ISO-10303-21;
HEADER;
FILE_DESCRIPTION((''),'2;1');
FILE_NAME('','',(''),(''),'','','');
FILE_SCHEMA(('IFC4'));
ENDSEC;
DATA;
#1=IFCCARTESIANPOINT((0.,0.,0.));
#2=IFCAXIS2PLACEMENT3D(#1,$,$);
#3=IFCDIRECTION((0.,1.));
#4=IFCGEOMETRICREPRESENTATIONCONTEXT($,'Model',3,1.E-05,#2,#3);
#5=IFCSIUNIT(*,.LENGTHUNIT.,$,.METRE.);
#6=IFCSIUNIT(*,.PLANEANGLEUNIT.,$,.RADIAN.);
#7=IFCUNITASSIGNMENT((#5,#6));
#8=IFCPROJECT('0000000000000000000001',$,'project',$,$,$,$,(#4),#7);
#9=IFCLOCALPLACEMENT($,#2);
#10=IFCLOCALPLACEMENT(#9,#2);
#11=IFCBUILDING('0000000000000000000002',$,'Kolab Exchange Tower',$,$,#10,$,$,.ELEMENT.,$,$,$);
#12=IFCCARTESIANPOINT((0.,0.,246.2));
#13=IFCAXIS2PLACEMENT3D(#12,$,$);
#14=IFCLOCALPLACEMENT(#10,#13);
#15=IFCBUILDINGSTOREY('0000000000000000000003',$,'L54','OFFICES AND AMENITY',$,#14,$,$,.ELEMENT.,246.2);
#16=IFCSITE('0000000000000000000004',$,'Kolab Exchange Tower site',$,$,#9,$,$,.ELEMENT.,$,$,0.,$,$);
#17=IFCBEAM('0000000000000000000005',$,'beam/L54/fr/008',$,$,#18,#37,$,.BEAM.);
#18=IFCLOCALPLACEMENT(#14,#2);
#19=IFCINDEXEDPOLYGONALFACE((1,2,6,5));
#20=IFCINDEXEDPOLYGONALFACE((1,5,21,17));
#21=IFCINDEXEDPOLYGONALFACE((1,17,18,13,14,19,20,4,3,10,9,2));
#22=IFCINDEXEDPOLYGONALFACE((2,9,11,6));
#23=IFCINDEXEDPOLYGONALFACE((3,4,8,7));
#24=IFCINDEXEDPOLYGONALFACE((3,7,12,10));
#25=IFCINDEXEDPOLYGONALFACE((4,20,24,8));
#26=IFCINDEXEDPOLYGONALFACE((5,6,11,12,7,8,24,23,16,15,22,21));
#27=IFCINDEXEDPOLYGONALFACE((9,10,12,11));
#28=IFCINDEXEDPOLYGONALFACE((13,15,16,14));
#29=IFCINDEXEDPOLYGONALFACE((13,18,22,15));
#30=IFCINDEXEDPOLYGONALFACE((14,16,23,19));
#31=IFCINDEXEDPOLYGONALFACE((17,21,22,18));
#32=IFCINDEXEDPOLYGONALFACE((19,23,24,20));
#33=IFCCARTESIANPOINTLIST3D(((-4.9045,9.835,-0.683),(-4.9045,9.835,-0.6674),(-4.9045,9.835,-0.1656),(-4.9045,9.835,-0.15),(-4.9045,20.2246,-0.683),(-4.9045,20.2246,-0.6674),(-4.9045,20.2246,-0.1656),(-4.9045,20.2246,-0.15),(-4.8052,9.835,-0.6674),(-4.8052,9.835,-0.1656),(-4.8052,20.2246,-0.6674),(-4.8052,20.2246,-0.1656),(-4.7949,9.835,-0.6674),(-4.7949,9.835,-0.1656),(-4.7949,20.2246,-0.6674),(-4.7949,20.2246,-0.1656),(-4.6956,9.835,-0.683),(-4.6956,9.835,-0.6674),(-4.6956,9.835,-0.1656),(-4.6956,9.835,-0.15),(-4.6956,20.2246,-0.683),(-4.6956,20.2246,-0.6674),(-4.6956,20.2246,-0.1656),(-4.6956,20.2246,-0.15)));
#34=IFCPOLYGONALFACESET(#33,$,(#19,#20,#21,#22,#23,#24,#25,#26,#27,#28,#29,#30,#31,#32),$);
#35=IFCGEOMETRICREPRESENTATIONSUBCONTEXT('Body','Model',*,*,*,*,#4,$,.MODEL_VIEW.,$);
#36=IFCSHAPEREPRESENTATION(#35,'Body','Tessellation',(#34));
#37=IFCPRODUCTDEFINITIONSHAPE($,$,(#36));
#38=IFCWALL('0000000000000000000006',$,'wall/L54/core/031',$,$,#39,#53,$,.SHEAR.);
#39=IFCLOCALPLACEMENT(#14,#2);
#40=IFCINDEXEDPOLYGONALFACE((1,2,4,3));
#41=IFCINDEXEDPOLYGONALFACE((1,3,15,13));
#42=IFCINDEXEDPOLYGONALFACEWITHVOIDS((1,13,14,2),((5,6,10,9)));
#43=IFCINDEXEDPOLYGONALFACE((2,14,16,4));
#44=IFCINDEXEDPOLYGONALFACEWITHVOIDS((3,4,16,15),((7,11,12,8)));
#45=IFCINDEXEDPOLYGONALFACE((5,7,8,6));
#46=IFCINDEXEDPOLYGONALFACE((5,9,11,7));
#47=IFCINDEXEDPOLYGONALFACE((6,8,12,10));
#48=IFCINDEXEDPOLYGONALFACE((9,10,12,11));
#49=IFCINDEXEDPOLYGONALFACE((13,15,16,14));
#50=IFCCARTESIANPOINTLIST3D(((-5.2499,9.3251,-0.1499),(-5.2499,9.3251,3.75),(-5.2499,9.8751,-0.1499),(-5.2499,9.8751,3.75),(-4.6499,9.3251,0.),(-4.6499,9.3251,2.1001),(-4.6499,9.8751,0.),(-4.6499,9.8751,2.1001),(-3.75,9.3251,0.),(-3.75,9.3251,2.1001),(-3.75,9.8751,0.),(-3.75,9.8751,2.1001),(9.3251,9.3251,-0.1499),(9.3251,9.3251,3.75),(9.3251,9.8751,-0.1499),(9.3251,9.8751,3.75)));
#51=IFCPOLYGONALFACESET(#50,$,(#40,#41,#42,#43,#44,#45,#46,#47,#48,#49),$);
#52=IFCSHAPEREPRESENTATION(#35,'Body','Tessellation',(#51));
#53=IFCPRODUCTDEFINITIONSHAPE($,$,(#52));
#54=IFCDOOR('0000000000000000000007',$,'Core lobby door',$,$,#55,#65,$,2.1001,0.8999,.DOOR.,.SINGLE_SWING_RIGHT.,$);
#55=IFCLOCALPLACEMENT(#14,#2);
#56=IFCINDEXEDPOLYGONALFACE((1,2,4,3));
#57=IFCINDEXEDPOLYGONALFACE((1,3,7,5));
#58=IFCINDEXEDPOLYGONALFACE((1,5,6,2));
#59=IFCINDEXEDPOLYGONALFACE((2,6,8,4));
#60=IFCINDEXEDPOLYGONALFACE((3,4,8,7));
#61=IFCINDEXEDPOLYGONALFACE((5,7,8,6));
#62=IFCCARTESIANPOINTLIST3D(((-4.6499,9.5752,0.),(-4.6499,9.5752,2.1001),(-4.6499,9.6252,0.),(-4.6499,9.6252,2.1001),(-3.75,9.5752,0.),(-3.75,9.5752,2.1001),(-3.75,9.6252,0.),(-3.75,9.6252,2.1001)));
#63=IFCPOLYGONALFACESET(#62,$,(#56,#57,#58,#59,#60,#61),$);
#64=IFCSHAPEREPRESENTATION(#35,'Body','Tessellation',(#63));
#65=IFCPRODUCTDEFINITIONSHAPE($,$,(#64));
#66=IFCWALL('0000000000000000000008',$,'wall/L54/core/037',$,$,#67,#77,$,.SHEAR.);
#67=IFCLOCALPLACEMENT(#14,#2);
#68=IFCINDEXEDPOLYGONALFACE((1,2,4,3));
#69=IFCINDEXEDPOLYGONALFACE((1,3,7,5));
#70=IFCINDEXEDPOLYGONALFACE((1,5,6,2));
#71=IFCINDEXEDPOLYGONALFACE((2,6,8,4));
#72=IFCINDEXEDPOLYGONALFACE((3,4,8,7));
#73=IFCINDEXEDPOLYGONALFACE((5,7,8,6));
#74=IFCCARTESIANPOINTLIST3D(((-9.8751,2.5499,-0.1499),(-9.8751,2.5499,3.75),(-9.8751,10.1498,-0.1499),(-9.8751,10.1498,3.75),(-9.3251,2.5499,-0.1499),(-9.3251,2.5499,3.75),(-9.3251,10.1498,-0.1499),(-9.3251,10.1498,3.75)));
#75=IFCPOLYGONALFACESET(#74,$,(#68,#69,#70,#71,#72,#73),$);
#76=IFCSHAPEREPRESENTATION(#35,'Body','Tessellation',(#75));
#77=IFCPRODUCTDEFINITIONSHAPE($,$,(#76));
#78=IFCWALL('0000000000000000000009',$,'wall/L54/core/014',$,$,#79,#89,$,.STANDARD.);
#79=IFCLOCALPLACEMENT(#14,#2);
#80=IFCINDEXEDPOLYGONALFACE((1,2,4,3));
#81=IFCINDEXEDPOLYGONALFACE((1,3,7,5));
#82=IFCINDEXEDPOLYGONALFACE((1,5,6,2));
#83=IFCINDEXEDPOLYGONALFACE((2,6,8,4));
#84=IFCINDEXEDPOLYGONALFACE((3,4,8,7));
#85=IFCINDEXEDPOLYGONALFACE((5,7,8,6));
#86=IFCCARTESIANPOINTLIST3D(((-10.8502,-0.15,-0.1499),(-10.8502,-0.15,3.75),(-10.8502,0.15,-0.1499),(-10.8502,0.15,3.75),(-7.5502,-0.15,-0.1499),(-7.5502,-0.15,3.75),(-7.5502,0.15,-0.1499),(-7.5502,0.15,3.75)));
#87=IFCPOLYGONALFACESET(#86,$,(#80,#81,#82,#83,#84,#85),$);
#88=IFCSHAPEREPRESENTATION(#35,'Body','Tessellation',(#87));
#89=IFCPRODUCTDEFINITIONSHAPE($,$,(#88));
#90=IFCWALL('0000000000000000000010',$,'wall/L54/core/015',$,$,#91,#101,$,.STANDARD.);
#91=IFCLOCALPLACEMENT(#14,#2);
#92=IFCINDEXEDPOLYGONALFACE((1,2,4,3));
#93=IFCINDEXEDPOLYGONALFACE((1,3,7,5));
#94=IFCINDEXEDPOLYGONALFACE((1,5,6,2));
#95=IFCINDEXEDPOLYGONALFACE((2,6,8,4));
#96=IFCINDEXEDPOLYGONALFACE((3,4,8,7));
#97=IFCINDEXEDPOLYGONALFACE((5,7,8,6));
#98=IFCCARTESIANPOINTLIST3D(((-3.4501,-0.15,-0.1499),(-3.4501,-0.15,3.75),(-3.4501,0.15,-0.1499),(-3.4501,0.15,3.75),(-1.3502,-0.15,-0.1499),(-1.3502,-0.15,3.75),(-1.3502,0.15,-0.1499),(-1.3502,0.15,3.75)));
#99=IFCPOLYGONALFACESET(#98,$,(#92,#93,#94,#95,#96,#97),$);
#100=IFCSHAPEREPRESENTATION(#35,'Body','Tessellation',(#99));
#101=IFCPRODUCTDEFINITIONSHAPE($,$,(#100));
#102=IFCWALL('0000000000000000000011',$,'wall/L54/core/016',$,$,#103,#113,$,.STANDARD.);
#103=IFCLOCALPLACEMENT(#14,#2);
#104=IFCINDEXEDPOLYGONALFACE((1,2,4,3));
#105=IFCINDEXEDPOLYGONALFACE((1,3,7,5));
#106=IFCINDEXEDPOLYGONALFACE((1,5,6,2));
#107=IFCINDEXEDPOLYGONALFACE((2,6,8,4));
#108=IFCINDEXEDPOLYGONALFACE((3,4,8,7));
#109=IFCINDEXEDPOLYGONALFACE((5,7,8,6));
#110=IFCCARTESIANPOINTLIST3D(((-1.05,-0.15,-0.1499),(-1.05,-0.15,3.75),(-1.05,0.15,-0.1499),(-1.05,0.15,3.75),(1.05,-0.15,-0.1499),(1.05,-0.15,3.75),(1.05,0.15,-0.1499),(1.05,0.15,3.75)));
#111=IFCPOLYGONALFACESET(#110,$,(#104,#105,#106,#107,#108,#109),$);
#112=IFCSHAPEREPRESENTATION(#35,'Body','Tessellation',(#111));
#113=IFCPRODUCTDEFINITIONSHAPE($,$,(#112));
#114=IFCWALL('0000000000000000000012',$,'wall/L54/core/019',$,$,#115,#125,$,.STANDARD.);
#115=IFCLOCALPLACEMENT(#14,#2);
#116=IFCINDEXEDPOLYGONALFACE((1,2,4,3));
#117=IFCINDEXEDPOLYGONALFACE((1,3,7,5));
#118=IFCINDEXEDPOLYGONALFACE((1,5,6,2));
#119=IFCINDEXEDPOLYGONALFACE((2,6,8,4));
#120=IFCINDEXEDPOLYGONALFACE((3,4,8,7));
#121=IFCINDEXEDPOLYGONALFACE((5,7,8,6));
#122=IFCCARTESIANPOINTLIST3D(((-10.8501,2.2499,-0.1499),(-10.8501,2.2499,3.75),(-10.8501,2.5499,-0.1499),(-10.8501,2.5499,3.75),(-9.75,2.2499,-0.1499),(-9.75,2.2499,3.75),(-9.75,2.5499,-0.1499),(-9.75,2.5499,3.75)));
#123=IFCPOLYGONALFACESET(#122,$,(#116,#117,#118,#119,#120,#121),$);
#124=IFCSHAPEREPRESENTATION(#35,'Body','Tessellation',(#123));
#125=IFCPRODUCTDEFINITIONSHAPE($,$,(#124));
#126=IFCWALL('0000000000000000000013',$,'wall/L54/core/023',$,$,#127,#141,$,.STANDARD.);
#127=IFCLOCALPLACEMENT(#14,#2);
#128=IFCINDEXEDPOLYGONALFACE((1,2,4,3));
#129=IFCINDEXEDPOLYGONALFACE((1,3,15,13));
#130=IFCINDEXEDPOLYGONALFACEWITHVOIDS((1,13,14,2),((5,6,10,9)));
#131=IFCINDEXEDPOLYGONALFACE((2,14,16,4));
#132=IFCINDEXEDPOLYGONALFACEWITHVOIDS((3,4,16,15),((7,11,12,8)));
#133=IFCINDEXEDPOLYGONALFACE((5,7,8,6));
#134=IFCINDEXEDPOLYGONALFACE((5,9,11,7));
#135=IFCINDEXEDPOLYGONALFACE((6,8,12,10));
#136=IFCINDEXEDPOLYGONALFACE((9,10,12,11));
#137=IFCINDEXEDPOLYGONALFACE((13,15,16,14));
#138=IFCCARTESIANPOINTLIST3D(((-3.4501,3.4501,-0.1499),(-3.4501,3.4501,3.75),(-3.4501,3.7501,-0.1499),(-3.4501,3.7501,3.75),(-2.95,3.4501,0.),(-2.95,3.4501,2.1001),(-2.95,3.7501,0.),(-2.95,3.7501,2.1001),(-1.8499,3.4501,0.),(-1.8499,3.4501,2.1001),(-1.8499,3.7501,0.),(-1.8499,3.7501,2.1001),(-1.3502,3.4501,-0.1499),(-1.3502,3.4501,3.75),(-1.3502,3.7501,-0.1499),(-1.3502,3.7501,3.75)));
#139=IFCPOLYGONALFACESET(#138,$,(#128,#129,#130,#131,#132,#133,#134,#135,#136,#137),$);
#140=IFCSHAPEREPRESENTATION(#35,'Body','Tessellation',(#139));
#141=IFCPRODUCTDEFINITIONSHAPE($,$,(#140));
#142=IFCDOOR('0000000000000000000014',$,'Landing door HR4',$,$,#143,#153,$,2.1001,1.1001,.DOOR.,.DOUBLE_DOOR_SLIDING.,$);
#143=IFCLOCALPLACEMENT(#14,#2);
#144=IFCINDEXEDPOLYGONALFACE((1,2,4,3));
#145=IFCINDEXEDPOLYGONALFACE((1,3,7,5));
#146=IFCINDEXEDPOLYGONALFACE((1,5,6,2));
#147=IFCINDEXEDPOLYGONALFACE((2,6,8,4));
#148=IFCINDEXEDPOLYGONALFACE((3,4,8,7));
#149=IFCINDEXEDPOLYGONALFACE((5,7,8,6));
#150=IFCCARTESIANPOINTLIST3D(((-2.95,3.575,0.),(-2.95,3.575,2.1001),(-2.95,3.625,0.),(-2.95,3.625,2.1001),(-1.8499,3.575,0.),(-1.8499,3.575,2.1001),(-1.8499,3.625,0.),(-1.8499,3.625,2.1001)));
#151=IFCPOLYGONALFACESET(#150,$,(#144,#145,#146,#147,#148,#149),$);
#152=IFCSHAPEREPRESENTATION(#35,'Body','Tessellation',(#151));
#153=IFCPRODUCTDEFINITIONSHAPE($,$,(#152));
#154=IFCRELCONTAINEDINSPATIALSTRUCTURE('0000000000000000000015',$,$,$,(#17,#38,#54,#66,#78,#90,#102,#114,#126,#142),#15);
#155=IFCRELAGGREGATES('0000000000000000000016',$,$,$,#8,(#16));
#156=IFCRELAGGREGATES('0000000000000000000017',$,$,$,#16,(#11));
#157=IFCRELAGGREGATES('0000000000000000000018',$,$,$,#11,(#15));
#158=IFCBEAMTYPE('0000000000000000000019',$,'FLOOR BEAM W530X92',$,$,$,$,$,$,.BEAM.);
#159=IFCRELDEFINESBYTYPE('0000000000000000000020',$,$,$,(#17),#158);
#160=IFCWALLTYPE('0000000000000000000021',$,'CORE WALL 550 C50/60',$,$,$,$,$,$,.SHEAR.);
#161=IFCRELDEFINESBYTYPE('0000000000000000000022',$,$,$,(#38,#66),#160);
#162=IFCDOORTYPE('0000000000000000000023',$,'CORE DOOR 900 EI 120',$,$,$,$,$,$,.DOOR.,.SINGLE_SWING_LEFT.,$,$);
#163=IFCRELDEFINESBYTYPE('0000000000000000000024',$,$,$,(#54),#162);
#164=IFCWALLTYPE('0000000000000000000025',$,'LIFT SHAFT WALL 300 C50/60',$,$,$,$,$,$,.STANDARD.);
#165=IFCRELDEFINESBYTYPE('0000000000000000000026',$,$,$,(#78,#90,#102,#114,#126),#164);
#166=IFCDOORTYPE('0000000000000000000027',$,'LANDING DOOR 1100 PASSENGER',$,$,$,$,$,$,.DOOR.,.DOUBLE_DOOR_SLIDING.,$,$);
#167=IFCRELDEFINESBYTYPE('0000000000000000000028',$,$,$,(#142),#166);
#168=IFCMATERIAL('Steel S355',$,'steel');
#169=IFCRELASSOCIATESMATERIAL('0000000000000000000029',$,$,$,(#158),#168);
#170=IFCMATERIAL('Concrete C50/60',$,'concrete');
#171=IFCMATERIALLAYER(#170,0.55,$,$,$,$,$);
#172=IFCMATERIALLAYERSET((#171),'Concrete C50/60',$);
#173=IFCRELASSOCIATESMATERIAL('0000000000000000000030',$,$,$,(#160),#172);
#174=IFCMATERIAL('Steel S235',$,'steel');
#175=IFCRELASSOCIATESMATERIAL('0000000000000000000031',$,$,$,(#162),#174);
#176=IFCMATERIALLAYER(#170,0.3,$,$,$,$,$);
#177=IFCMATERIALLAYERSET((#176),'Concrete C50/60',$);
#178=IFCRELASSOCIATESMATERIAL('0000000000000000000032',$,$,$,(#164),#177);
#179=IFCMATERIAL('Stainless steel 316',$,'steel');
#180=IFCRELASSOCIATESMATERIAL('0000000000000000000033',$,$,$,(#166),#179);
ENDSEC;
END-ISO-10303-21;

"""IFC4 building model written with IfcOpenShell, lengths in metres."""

from ifc_helpers import new_model, si_unit, direction, frame, frame_2d, origin, origin_2d, place, context, subcontext, project, spatial, rectangle, i_section, extrude, material, layer, layer_set, material_profile, profile_set, type_object, element, fill, save


model = new_model("IFC4")

# Units and contexts
model_context = context("Model", 3, precision=1e-05, world=origin(), true_north=direction((0.0, 1.0)))
body_context = subcontext(model_context, "Body", "Model", "MODEL_VIEW")
ifc_project = project(units=[si_unit("LENGTHUNIT", "METRE"), si_unit("PLANEANGLEUNIT", "RADIAN")], contexts=[model_context])

# Site, building, storey
site_placement = place(None, origin())
site = spatial("IfcSite", under=ifc_project, at=site_placement, Name="Kolab Exchange Tower site", CompositionType="ELEMENT", RefElevation=0.0)
building_placement = place(site_placement, origin())
building = spatial("IfcBuilding", under=site, at=building_placement, Name="Kolab Exchange Tower", CompositionType="ELEMENT")
storey_placement = place(building_placement, frame((0.0, 0.0, 246.2)))
storey = spatial("IfcBuildingStorey", under=building, at=storey_placement, Name="L54", Description="OFFICES AND AMENITY", CompositionType="ELEMENT", Elevation=246.2)

# Beam
ifc_material_1 = material(Name="Steel S355", Category="steel")
ifc_material_profile = material_profile(ifc_material_1, i_section(OverallWidth=0.209, OverallDepth=0.533, WebThickness=0.0103, FlangeThickness=0.0156, at=origin_2d()), Name="W530X92")
ifc_profile_set = profile_set([ifc_material_profile], Name="Steel S355")
beam_type = type_object("IfcBeamType", Name="FLOOR BEAM W530X92", PredefinedType="BEAM", material=ifc_profile_set)
beam_placement = place(storey_placement, frame((-4.8, 9.835, -0.4165), z_axis=(0.0, 1.0, 0.0), x_axis=(-1.0, 0.0, 0.0)))
element("IfcBeam", 1, at=beam_placement, inside=storey, type_object=beam_type, Name="beam/L54/fr/008", PredefinedType="BEAM", context=body_context, shape_type="SweptSolid", body=[
    extrude(i_section(OverallWidth=0.209, OverallDepth=0.533, WebThickness=0.0103, FlangeThickness=0.0156, at=origin_2d()), origin(), (0.0, 0.0, 1.0), 10.3896),
])

# Wall, opening, door
ifc_material_2 = material(Name="Concrete C50/60", Category="concrete")
ifc_layer_1 = layer(ifc_material_2, 0.55)
ifc_layer_set_1 = layer_set([ifc_layer_1], Name="Concrete C50/60")
wall_type_1 = type_object("IfcWallType", Name="CORE WALL 550 C50/60", PredefinedType="SHEAR", material=ifc_layer_set_1)
wall_1_placement = place(storey_placement, frame((-5.25, 9.6001, -0.1499), z_axis=(0.0, 0.0, 1.0), x_axis=(1.0, 0.0, 0.0)))
wall_1 = element("IfcWall", 2, at=wall_1_placement, inside=storey, type_object=wall_type_1, Name="wall/L54/core/031", PredefinedType="SHEAR", context=body_context, shape_type="SweptSolid", body=[
    extrude(rectangle(XDim=14.575, YDim=0.55, at=frame_2d((7.2876, 0.0))), origin(), (0.0, 0.0, 1.0), 3.8999),
])
opening_1_placement = place(wall_1_placement, frame((0.6001, 0.0, 0.1499)))
opening_1 = element("IfcOpeningElement", 3, at=opening_1_placement, cuts=wall_1, PredefinedType="OPENING", context=body_context, shape_type="SweptSolid", body=[
    extrude(rectangle(XDim=0.8999, YDim=2.1001, at=frame_2d((0.45, 1.05))), frame((0.0, 0.2852, 0.0), z_axis=(0.0, -1.0, 0.0), x_axis=(1.0, 0.0, 0.0)), (0.0, 0.0, 1.0), 0.5701),
])
ifc_material_3 = material(Name="Steel S235", Category="steel")
door_type_1 = type_object("IfcDoorType", Name="CORE DOOR 900 EI 120", OperationType="SINGLE_SWING_LEFT", PredefinedType="DOOR", material=ifc_material_3)
door_1_placement = place(opening_1_placement, frame((0.8999, 0.0, 0.0), z_axis=(0.0, 0.0, 1.0), x_axis=(-1.0, 0.0, 0.0)))
door_1 = element("IfcDoor", 4, at=door_1_placement, inside=storey, type_object=door_type_1, Name="Core lobby door", OperationType="SINGLE_SWING_RIGHT", OverallHeight=2.1001, OverallWidth=0.8999, PredefinedType="DOOR", context=body_context, shape_type="SweptSolid", body=[
    extrude(rectangle(XDim=0.8999, YDim=2.1001, at=frame_2d((0.45, 1.05))), frame((0.0, 0.0249, 0.0), z_axis=(0.0, -1.0, 0.0), x_axis=(1.0, 0.0, 0.0)), (0.0, 0.0, 1.0), 0.05),
])
fill(opening_1, door_1)

# Walls
wall_2_placement = place(storey_placement, frame((-9.6001, 2.55, -0.1499), z_axis=(0.0, 0.0, 1.0), x_axis=(0.0, 1.0, 0.0)))
element("IfcWall", 5, at=wall_2_placement, inside=storey, type_object=wall_type_1, Name="wall/L54/core/037", PredefinedType="SHEAR", context=body_context, shape_type="SweptSolid", body=[
    extrude(rectangle(XDim=7.5999, YDim=0.55, at=frame_2d((3.7998, 0.0))), origin(), (0.0, 0.0, 1.0), 3.8999),
])
ifc_layer_2 = layer(ifc_material_2, 0.3)
ifc_layer_set_2 = layer_set([ifc_layer_2], Name="Concrete C50/60")
wall_type_2 = type_object("IfcWallType", Name="LIFT SHAFT WALL 300 C50/60", PredefinedType="STANDARD", material=ifc_layer_set_2)
wall_3_placement = place(storey_placement, frame((-10.8501, 0.0, -0.1499), z_axis=(0.0, 0.0, 1.0), x_axis=(1.0, 0.0, 0.0)))
element("IfcWall", 6, at=wall_3_placement, inside=storey, type_object=wall_type_2, Name="wall/L54/core/014", PredefinedType="STANDARD", context=body_context, shape_type="SweptSolid", body=[
    extrude(rectangle(XDim=3.3, YDim=0.3, at=frame_2d((1.6499, 0.0))), origin(), (0.0, 0.0, 1.0), 3.8999),
])
wall_4_placement = place(storey_placement, frame((-3.45, 0.0, -0.1499), z_axis=(0.0, 0.0, 1.0), x_axis=(1.0, 0.0, 0.0)))
element("IfcWall", 7, at=wall_4_placement, inside=storey, type_object=wall_type_2, Name="wall/L54/core/015", PredefinedType="STANDARD", context=body_context, shape_type="SweptSolid", body=[
    extrude(rectangle(XDim=2.0999, YDim=0.3, at=frame_2d((1.0498, 0.0))), origin(), (0.0, 0.0, 1.0), 3.8999),
])
wall_5_placement = place(storey_placement, frame((-1.05, 0.0, -0.1499), z_axis=(0.0, 0.0, 1.0), x_axis=(1.0, 0.0, 0.0)))
element("IfcWall", 8, at=wall_5_placement, inside=storey, type_object=wall_type_2, Name="wall/L54/core/016", PredefinedType="STANDARD", context=body_context, shape_type="SweptSolid", body=[
    extrude(rectangle(XDim=2.1001, YDim=0.3, at=frame_2d((1.05, 0.0))), origin(), (0.0, 0.0, 1.0), 3.8999),
])
wall_6_placement = place(storey_placement, frame((-10.8501, 2.3999, -0.1499), z_axis=(0.0, 0.0, 1.0), x_axis=(1.0, 0.0, 0.0)))
element("IfcWall", 9, at=wall_6_placement, inside=storey, type_object=wall_type_2, Name="wall/L54/core/019", PredefinedType="STANDARD", context=body_context, shape_type="SweptSolid", body=[
    extrude(rectangle(XDim=1.1001, YDim=0.3, at=frame_2d((0.55, 0.0))), origin(), (0.0, 0.0, 1.0), 3.8999),
])

# Wall, opening, door
wall_7_placement = place(storey_placement, frame((-3.45, 3.6001, -0.1499), z_axis=(0.0, 0.0, 1.0), x_axis=(1.0, 0.0, 0.0)))
wall_7 = element("IfcWall", 10, at=wall_7_placement, inside=storey, type_object=wall_type_2, Name="wall/L54/core/023", PredefinedType="STANDARD", context=body_context, shape_type="SweptSolid", body=[
    extrude(rectangle(XDim=2.0999, YDim=0.3, at=frame_2d((1.0498, 0.0))), origin(), (0.0, 0.0, 1.0), 3.8999),
])
opening_2_placement = place(wall_7_placement, frame((0.5, 0.0, 0.1499)))
opening_2 = element("IfcOpeningElement", 11, at=opening_2_placement, cuts=wall_7, PredefinedType="OPENING", context=body_context, shape_type="SweptSolid", body=[
    extrude(rectangle(XDim=1.1001, YDim=2.1001, at=frame_2d((0.55, 1.05))), frame((0.0, 0.1602, 0.0), z_axis=(0.0, -1.0, 0.0), x_axis=(1.0, 0.0, 0.0)), (0.0, 0.0, 1.0), 0.3201),
])
ifc_material_4 = material(Name="Stainless steel 316", Category="steel")
door_type_2 = type_object("IfcDoorType", Name="LANDING DOOR 1100 PASSENGER", OperationType="DOUBLE_DOOR_SLIDING", PredefinedType="DOOR", material=ifc_material_4)
door_2_placement = place(opening_2_placement, origin())
door_2 = element("IfcDoor", 12, at=door_2_placement, inside=storey, type_object=door_type_2, Name="Landing door HR4", OperationType="DOUBLE_DOOR_SLIDING", OverallHeight=2.1001, OverallWidth=1.1001, PredefinedType="DOOR", context=body_context, shape_type="SweptSolid", body=[
    extrude(rectangle(XDim=1.1001, YDim=2.1001, at=frame_2d((0.55, 1.05))), frame((0.0, 0.0249, 0.0), z_axis=(0.0, -1.0, 0.0), x_axis=(1.0, 0.0, 0.0)), (0.0, 0.0, 1.0), 0.05),
])
fill(opening_2, door_2)

save(model, "model.ifc")
